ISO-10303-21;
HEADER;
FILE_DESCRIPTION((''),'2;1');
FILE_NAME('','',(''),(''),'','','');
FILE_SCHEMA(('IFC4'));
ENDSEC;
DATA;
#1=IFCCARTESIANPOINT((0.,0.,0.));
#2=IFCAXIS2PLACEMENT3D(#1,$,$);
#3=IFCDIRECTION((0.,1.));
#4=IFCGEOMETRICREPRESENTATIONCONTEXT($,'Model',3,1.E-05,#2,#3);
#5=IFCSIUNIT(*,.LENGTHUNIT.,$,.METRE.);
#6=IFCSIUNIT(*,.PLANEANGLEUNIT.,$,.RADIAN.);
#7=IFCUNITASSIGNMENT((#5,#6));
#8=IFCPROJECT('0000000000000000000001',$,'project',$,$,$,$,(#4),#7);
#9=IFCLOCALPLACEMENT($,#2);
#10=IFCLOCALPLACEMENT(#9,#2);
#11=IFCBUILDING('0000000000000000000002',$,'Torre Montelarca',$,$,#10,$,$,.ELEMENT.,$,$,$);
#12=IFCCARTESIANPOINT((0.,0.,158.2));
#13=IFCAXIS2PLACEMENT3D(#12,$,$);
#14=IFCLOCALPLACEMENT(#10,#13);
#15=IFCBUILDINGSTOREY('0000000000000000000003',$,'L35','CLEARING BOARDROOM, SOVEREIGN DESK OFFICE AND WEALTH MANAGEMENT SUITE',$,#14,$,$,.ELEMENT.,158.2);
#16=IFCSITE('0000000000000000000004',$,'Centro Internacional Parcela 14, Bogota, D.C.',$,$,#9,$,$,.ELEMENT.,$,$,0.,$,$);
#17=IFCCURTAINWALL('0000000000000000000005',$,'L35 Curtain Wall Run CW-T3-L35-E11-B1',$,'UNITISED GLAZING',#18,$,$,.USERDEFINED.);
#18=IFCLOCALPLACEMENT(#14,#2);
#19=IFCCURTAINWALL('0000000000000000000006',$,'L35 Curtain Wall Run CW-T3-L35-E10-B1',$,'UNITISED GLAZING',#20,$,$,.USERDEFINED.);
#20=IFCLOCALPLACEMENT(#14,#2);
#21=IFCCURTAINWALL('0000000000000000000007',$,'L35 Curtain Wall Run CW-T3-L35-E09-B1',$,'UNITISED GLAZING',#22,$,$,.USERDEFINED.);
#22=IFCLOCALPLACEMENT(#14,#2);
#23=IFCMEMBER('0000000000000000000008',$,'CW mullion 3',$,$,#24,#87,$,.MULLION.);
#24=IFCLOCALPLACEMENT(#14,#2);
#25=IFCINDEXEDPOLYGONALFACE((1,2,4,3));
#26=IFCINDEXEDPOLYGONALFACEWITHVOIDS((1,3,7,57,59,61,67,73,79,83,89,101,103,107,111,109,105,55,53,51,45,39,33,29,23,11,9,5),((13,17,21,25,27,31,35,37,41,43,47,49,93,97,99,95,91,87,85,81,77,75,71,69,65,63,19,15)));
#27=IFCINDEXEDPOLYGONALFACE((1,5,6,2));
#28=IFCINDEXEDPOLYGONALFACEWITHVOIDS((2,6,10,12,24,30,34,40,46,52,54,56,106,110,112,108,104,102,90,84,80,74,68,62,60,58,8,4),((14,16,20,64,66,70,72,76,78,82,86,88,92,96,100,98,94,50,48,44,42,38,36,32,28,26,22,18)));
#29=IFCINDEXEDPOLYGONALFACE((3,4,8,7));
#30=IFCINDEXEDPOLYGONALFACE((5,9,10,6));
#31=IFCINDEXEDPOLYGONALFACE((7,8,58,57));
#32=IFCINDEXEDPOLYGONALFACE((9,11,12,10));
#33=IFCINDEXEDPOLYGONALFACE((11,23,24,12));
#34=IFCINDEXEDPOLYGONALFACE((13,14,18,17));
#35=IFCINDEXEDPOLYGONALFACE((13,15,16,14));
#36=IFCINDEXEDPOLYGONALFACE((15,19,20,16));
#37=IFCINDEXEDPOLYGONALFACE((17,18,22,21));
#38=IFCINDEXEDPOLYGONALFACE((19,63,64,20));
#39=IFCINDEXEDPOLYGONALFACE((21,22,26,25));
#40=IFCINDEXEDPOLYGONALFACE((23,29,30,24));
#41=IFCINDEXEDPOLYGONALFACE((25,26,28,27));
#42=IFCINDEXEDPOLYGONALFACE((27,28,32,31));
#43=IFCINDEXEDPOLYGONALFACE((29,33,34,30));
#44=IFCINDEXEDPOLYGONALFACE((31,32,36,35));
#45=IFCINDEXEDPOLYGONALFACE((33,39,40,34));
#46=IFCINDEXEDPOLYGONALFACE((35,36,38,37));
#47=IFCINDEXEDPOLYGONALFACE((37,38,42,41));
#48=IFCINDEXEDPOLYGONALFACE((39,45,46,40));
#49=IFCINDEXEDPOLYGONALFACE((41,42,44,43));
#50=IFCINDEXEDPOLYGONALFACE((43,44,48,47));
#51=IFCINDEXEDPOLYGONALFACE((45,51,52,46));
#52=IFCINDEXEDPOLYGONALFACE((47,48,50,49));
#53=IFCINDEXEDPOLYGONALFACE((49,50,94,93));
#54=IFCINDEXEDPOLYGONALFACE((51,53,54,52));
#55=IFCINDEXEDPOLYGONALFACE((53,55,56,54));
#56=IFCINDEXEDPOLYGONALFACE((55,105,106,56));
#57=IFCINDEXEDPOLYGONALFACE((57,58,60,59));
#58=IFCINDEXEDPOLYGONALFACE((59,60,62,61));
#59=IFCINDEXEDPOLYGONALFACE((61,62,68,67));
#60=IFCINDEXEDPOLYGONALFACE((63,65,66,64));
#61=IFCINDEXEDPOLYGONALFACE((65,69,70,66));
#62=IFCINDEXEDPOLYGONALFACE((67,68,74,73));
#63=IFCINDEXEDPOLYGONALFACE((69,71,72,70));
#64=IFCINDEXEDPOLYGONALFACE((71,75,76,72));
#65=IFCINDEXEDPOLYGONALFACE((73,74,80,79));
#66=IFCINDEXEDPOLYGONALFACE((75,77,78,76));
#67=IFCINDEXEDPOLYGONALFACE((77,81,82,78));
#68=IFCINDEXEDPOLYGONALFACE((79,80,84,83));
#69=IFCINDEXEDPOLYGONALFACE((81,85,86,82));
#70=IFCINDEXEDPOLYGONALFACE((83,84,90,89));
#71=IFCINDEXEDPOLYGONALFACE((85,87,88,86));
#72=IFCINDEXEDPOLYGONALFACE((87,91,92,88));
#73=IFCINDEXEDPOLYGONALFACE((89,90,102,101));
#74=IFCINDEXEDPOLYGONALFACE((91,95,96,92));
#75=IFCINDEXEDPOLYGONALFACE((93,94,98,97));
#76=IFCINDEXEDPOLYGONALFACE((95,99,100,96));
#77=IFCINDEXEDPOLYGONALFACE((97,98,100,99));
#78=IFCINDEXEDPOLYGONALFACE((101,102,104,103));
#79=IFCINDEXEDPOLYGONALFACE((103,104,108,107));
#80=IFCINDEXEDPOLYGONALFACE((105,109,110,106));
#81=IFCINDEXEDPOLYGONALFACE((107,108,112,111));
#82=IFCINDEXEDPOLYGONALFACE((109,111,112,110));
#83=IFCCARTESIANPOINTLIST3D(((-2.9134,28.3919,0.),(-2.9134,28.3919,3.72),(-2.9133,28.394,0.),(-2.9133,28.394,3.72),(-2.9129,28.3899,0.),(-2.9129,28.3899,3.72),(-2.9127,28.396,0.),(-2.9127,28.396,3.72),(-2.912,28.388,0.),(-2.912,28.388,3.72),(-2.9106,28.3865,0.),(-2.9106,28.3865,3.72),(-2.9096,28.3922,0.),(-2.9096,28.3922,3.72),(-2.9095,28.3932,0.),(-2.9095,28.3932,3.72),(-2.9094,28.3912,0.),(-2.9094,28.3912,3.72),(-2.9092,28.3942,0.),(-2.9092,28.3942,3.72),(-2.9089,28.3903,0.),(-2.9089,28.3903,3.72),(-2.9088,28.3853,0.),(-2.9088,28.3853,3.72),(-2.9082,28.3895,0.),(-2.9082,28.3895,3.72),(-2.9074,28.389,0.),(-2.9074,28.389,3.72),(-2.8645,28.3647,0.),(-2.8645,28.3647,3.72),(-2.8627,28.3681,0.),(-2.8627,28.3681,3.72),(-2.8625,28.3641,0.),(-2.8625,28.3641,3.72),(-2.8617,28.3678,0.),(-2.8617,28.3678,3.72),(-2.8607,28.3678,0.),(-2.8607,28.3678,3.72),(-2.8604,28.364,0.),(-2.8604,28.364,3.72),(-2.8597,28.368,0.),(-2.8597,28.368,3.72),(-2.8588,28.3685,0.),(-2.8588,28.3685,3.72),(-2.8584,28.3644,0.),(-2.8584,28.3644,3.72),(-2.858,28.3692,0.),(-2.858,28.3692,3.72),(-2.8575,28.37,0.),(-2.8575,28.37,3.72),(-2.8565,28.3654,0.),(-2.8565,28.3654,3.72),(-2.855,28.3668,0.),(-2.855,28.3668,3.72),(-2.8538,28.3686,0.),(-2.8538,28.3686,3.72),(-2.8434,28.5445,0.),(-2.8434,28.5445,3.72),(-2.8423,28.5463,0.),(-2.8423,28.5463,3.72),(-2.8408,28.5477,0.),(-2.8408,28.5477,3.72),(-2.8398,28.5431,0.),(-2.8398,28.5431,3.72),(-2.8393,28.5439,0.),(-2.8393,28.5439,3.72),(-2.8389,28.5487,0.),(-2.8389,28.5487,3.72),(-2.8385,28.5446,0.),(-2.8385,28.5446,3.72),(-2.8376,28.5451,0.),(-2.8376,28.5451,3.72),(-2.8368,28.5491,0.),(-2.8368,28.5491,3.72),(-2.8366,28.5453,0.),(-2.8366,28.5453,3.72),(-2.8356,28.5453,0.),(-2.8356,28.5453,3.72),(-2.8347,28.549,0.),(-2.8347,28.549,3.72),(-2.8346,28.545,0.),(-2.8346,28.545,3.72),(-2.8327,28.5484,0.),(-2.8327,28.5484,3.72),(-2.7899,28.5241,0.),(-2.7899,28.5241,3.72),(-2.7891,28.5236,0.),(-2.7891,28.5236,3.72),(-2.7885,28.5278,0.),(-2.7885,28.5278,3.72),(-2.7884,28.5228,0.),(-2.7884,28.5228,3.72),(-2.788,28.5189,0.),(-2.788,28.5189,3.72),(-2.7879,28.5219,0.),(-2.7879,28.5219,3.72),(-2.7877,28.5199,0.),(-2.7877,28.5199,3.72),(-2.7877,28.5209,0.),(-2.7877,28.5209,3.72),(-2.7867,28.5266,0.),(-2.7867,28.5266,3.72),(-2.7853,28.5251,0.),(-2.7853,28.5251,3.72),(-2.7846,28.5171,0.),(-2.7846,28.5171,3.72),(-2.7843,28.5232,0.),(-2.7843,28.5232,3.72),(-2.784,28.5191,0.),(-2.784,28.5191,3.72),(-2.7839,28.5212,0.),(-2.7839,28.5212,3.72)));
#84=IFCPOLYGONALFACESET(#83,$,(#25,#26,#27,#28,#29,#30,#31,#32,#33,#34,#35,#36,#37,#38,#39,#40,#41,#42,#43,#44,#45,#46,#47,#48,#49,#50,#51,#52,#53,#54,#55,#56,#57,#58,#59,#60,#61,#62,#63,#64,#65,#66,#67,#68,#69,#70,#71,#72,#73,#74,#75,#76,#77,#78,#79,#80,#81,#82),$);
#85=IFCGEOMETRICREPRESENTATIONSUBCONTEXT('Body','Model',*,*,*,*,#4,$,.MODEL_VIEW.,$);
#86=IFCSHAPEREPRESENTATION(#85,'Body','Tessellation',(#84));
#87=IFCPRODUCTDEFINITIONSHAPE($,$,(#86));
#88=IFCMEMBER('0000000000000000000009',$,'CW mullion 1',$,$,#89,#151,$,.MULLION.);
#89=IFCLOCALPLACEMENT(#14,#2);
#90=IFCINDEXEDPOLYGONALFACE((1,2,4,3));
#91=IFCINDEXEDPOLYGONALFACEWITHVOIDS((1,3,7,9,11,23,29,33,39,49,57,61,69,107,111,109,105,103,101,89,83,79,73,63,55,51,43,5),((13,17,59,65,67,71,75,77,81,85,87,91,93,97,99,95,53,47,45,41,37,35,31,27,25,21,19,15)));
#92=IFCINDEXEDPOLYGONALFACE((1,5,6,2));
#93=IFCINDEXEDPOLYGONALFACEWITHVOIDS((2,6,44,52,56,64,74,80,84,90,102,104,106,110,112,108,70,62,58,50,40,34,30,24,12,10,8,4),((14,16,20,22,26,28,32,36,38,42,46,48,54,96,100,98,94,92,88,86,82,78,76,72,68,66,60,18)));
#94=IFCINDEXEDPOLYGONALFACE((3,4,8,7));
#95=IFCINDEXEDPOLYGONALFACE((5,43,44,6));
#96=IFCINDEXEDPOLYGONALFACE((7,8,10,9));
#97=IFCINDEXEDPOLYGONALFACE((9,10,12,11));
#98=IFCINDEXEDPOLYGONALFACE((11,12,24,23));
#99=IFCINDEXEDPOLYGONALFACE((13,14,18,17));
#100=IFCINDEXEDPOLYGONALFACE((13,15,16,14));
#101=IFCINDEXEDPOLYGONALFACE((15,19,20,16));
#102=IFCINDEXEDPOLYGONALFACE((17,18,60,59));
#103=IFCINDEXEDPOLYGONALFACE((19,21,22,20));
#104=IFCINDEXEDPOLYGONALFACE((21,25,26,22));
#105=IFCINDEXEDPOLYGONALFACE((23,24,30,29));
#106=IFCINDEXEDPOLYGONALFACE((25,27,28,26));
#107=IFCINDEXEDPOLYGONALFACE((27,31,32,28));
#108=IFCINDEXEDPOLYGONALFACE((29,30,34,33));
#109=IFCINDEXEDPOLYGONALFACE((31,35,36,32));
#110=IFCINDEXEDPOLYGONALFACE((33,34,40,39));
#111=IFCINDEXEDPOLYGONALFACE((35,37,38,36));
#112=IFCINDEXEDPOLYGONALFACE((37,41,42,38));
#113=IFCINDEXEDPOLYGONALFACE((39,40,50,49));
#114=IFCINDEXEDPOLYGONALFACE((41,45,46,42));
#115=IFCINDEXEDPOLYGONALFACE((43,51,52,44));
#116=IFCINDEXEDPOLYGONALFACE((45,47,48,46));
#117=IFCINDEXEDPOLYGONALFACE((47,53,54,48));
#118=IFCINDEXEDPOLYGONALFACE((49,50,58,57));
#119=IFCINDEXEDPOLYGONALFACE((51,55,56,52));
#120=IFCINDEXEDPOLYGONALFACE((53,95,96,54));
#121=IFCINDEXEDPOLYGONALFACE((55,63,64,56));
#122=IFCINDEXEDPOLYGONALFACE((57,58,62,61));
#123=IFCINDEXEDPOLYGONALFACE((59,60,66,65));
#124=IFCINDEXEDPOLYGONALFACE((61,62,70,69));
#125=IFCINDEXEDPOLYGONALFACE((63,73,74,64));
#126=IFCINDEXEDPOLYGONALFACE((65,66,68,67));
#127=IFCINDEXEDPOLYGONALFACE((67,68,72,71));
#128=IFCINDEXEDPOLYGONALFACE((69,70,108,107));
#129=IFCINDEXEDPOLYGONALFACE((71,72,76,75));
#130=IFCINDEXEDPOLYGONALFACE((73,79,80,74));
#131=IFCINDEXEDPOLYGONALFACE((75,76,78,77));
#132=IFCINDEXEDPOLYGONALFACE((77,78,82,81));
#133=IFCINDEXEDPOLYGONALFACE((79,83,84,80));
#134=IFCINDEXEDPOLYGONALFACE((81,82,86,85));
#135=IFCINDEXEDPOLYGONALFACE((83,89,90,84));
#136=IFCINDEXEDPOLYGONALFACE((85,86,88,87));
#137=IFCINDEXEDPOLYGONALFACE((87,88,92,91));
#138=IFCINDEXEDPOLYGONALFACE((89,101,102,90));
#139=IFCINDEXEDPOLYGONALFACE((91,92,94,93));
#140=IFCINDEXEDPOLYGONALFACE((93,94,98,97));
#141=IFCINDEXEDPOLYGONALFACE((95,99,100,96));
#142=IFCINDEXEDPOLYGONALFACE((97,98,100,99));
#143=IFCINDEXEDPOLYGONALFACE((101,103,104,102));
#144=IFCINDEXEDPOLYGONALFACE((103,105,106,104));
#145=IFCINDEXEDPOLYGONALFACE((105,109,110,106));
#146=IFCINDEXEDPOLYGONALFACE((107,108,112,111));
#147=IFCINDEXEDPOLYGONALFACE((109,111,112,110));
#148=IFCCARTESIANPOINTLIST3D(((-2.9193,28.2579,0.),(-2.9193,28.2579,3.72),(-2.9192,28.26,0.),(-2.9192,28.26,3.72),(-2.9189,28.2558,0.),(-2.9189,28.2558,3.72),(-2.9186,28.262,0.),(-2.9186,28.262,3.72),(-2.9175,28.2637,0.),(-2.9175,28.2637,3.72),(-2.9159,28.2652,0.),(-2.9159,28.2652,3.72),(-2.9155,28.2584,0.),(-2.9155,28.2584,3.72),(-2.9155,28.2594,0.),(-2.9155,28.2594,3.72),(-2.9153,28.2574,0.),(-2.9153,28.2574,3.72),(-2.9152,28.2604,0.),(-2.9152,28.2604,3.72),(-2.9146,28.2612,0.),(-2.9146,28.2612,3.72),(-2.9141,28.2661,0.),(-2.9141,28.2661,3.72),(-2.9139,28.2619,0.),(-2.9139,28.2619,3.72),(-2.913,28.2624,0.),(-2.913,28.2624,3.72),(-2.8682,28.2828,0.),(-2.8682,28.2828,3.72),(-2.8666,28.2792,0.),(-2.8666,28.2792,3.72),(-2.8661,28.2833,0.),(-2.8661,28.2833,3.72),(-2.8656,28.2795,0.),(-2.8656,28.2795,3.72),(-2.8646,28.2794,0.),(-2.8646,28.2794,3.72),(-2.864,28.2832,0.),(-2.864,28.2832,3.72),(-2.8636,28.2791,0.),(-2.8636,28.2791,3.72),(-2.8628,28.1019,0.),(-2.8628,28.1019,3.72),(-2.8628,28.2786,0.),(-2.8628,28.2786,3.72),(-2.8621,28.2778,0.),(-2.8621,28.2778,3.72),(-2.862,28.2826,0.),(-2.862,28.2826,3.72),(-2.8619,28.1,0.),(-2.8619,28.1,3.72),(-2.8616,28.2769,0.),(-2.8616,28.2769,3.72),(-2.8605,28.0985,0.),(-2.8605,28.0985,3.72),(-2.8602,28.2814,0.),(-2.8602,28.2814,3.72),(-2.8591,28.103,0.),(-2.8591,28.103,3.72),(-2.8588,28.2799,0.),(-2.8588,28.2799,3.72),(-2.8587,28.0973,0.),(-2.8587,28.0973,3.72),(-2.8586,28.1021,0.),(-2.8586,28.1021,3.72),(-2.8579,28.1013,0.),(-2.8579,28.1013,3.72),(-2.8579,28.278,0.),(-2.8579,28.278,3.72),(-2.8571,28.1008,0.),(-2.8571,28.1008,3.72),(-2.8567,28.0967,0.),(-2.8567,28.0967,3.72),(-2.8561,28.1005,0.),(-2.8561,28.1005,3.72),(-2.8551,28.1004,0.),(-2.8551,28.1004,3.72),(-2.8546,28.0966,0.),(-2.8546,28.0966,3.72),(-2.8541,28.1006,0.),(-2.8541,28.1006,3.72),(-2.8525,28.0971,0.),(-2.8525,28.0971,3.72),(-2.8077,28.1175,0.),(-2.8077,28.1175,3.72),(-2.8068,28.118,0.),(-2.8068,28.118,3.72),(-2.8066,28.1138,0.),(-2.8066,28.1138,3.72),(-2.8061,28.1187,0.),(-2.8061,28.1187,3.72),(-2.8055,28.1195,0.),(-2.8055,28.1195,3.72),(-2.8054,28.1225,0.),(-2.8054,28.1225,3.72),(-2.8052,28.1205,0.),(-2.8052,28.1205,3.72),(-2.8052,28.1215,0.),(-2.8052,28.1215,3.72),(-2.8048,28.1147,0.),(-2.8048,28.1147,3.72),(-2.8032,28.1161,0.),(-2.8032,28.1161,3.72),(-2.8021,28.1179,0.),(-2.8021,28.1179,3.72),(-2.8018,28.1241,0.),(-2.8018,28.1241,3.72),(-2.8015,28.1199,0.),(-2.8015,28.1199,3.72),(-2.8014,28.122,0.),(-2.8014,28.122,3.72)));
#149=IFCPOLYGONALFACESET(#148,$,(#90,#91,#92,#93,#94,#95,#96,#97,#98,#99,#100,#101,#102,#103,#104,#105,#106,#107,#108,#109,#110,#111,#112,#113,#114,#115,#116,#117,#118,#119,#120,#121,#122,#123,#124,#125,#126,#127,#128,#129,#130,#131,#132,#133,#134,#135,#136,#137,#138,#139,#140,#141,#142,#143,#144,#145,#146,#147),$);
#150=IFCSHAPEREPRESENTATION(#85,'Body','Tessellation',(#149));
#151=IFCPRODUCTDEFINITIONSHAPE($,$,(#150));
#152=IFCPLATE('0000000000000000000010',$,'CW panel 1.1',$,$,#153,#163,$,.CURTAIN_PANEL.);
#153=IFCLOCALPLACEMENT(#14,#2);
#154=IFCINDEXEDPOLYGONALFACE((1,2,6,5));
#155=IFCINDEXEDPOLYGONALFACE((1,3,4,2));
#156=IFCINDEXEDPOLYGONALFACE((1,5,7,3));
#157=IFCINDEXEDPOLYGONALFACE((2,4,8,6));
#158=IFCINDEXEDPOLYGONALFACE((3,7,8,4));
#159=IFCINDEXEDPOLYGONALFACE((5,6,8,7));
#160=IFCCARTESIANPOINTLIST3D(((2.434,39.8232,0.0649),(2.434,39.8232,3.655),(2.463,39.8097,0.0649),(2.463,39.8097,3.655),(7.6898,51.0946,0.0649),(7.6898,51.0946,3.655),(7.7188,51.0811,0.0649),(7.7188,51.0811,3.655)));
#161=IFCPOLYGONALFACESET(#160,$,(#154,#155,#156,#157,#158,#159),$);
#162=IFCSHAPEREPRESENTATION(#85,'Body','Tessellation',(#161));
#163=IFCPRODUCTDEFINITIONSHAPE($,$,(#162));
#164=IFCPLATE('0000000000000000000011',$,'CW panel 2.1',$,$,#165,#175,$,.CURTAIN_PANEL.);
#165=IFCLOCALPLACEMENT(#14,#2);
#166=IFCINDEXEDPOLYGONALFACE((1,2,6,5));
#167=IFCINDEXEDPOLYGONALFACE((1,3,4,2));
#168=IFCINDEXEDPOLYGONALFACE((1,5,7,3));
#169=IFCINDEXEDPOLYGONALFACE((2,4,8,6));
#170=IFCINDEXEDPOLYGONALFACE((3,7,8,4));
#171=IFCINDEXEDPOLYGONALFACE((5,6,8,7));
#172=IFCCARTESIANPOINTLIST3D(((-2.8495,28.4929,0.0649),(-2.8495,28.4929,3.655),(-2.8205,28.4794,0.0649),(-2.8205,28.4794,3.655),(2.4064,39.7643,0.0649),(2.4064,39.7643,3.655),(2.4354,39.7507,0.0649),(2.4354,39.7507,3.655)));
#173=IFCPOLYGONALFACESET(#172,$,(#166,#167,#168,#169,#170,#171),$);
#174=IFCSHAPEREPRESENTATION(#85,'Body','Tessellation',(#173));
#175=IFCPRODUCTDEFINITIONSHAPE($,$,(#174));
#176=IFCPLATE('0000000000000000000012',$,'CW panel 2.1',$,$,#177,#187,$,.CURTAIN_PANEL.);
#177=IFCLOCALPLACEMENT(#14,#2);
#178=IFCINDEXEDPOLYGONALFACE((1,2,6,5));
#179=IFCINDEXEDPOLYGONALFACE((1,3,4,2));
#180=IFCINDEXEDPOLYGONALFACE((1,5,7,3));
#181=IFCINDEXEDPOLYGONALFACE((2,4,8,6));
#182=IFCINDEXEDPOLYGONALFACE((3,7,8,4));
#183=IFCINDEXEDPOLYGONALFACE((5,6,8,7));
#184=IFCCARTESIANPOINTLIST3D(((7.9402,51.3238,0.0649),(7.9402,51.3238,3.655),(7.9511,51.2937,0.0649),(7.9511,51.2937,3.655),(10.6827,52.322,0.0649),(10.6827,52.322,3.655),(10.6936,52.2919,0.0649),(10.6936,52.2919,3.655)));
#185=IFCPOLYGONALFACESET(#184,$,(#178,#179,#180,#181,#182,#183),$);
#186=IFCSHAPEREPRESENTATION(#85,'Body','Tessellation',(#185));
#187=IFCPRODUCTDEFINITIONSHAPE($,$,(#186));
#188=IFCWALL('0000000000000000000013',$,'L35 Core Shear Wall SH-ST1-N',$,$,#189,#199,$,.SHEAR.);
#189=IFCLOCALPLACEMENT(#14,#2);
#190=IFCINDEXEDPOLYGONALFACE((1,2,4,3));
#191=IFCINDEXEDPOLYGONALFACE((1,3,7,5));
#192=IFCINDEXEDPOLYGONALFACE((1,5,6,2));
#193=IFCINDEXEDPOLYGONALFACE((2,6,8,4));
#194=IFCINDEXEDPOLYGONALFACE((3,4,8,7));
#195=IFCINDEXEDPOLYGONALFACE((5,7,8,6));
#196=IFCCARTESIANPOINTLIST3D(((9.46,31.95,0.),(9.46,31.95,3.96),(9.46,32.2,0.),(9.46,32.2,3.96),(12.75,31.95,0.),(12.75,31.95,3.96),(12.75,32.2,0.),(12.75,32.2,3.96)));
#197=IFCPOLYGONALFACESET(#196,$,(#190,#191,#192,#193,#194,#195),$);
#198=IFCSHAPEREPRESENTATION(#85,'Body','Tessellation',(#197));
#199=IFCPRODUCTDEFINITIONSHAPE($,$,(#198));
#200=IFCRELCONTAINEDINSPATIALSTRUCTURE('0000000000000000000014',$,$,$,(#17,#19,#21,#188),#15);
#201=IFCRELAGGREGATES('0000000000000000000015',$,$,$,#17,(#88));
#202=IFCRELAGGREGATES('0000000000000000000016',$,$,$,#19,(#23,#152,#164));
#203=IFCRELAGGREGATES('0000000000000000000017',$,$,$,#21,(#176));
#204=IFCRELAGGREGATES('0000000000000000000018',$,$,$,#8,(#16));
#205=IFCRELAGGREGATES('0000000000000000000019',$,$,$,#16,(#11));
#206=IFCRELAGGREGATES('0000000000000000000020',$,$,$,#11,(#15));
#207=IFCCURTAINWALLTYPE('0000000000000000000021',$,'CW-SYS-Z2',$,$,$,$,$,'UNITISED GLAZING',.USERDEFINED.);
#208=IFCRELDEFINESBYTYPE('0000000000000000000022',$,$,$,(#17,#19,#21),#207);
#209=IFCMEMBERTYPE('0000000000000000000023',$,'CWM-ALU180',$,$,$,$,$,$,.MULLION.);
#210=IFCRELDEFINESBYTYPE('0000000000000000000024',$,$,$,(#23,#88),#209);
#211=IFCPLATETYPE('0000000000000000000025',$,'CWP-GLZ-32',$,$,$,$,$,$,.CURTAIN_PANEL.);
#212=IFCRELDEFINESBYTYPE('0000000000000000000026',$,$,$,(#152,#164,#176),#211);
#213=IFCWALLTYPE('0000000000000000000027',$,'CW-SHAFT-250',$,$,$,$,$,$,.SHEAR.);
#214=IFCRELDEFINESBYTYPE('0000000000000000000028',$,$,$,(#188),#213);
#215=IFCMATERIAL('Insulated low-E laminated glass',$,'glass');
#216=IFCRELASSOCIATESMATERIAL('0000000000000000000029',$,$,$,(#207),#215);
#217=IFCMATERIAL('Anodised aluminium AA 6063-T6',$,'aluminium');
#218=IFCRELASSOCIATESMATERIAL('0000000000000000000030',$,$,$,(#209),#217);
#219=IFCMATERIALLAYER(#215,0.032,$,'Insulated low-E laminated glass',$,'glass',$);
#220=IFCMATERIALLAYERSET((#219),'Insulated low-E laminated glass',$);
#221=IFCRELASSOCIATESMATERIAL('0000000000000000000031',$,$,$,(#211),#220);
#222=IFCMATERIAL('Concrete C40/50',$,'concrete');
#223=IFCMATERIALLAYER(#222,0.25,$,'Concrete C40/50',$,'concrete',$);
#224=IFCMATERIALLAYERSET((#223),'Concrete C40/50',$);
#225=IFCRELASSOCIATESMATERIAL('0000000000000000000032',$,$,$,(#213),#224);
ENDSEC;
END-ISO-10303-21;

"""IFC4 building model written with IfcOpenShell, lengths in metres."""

from ifc_helpers import new_model, si_unit, direction, frame, frame_2d, origin, origin_2d, place, context, subcontext, project, spatial, rectangle, hollow_rectangle, extrude, source, transform, mapped, material, layer, layer_set, material_profile, profile_set, type_object, element, aggregate, save


model = new_model("IFC4")

# Units and contexts
model_context = context("Model", 3, precision=1e-05, world=origin(), true_north=direction((0.0, 1.0)))
body_context = subcontext(model_context, "Body", "Model", "MODEL_VIEW")
ifc_project = project(units=[si_unit("LENGTHUNIT", "METRE"), si_unit("PLANEANGLEUNIT", "RADIAN")], contexts=[model_context])

# Site, building, storey
site_placement = place(None, origin())
site = spatial("IfcSite", under=ifc_project, at=site_placement, Name="Centro Internacional Parcela 14, Bogota, D.C.", CompositionType="ELEMENT", RefElevation=0.0)
building_placement = place(site_placement, origin())
building = spatial("IfcBuilding", under=site, at=building_placement, Name="Torre Montelarca", CompositionType="ELEMENT")
storey_placement = place(building_placement, frame((0.0, 0.0, 158.2)))
storey = spatial("IfcBuildingStorey", under=building, at=storey_placement, Name="L35", Description="CLEARING BOARDROOM, SOVEREIGN DESK OFFICE AND WEALTH MANAGEMENT SUITE", CompositionType="ELEMENT", Elevation=158.2)

# Curtain wall
ifc_material_1 = material(Name="Insulated low-E laminated glass", Category="glass")
curtain_wall_type = type_object("IfcCurtainWallType", Name="CW-SYS-Z2", ElementType="UNITISED GLAZING", PredefinedType="USERDEFINED", material=ifc_material_1)
curtain_wall_1_placement = place(storey_placement, origin())
curtain_wall_1 = element("IfcCurtainWall", 1, at=curtain_wall_1_placement, inside=storey, type_object=curtain_wall_type, Name="L35 Curtain Wall Run CW-T3-L35-E11-B1", ObjectType="UNITISED GLAZING", PredefinedType="USERDEFINED")
ifc_material_2 = material(Name="Anodised aluminium AA 6063-T6", Category="aluminium")

# Curtain wall
curtain_wall_2_placement = place(storey_placement, origin())
curtain_wall_2 = element("IfcCurtainWall", 2, at=curtain_wall_2_placement, inside=storey, type_object=curtain_wall_type, Name="L35 Curtain Wall Run CW-T3-L35-E10-B1", ObjectType="UNITISED GLAZING", PredefinedType="USERDEFINED")

# Curtain wall
curtain_wall_3_placement = place(storey_placement, origin())
curtain_wall_3 = element("IfcCurtainWall", 3, at=curtain_wall_3_placement, inside=storey, type_object=curtain_wall_type, Name="L35 Curtain Wall Run CW-T3-L35-E09-B1", ObjectType="UNITISED GLAZING", PredefinedType="USERDEFINED")
ifc_material_profile_1 = material_profile(ifc_material_2, hollow_rectangle(XDim=0.0649, YDim=0.1799, WallThickness=0.0039, InnerFilletRadius=0.0039, OuterFilletRadius=0.0081, at=origin_2d()), Name="ALU65X180X4", Category="aluminium")
ifc_profile_set_1 = profile_set([ifc_material_profile_1], Name="Anodised aluminium AA 6063-T6")
member_type_1 = type_object("IfcMemberType", Name="CWM-ALU180", PredefinedType="MULLION", material=ifc_profile_set_1)
shared_shape_1 = source(origin(), body_context, "Body", "SweptSolid", [
    extrude(hollow_rectangle(XDim=0.0649, YDim=0.1799, WallThickness=0.0039, InnerFilletRadius=0.0039, OuterFilletRadius=0.0081, at=origin_2d()), origin(), (0.0, 0.0, 1.0), 3.72),
])

# Members
member_1_placement = place(storey_placement, frame((-2.8486, 28.4565, 0.0), z_axis=(0.0, 0.0, 1.0), x_axis=(0.90631, -0.422614, 0.0)))
member_1 = element("IfcMember", 4, at=member_1_placement, type_object=member_type_1, Name="CW mullion 3", PredefinedType="MULLION", context=body_context, shape_type="MappedRepresentation", body=[
    mapped(shared_shape_1, transform((0.0, 0.0, 0.0), scale=1.0)),
])
member_2_placement = place(storey_placement, frame((-2.8604, 28.1899, 0.0), z_axis=(0.0, 0.0, 1.0), x_axis=(0.939694, 0.342016, 0.0)))
member_2 = element("IfcMember", 5, at=member_2_placement, type_object=member_type_1, Name="CW mullion 1", PredefinedType="MULLION", context=body_context, shape_type="MappedRepresentation", body=[
    mapped(shared_shape_1, transform((0.0, 0.0, 0.0), scale=1.0)),
])
aggregate(curtain_wall_1, [member_2])

# Plates
ifc_layer_1 = layer(ifc_material_1, 0.032, Name="Insulated low-E laminated glass", Category="glass")
ifc_layer_set_1 = layer_set([ifc_layer_1], Name="Insulated low-E laminated glass")
plate_type = type_object("IfcPlateType", Name="CWP-GLZ-32", PredefinedType="CURTAIN_PANEL", material=ifc_layer_set_1)
shared_shape_2 = source(origin(), body_context, "Body", "SweptSolid", [
    extrude(rectangle(XDim=12.4365, YDim=0.032, at=origin_2d()), origin(), (0.0, 0.0, 1.0), 3.5901),
])
plate_1_placement = place(storey_placement, frame((5.0764, 45.4521, 0.0649), z_axis=(0.0, 0.0, 1.0), x_axis=(-0.422614, -0.90631, 0.0)))
plate_1 = element("IfcPlate", 6, at=plate_1_placement, type_object=plate_type, Name="CW panel 1.1", PredefinedType="CURTAIN_PANEL", context=body_context, shape_type="MappedRepresentation", body=[
    mapped(shared_shape_2, transform((0.0, 0.0, 0.0), scale=1.0)),
])
plate_2_placement = place(storey_placement, frame((-0.207, 34.1218, 0.0649), z_axis=(0.0, 0.0, 1.0), x_axis=(-0.422614, -0.90631, 0.0)))
plate_2 = element("IfcPlate", 7, at=plate_2_placement, type_object=plate_type, Name="CW panel 2.1", PredefinedType="CURTAIN_PANEL", context=body_context, shape_type="MappedRepresentation", body=[
    mapped(shared_shape_2, transform((0.0, 0.0, 0.0), scale=1.0)),
])
aggregate(curtain_wall_2, [member_1, plate_1, plate_2])
shared_shape_3 = source(origin(), body_context, "Body", "SweptSolid", [
    extrude(rectangle(XDim=2.9185, YDim=0.032, at=origin_2d()), origin(), (0.0, 0.0, 1.0), 3.5901),
])
plate_3_placement = place(storey_placement, frame((9.3169, 51.8079, 0.0649), z_axis=(0.0, 0.0, 1.0), x_axis=(-0.939692, -0.342021, 0.0)))
plate_3 = element("IfcPlate", 8, at=plate_3_placement, type_object=plate_type, Name="CW panel 2.1", PredefinedType="CURTAIN_PANEL", context=body_context, shape_type="MappedRepresentation", body=[
    mapped(shared_shape_3, transform((0.0, 0.0, 0.0), scale=1.0)),
])
aggregate(curtain_wall_3, [plate_3])

# Wall
ifc_material_3 = material(Name="Concrete C40/50", Category="concrete")
ifc_layer_2 = layer(ifc_material_3, 0.25, Name="Concrete C40/50", Category="concrete")
ifc_layer_set_2 = layer_set([ifc_layer_2], Name="Concrete C40/50")
wall_type_1 = type_object("IfcWallType", Name="CW-SHAFT-250", PredefinedType="SHEAR", material=ifc_layer_set_2)
wall_1_placement = place(storey_placement, frame((9.46, 32.075, 0.0), z_axis=(0.0, 0.0, 1.0), x_axis=(1.0, 0.0, 0.0)))
element("IfcWall", 9, at=wall_1_placement, inside=storey, type_object=wall_type_1, Name="L35 Core Shear Wall SH-ST1-N", PredefinedType="SHEAR", context=body_context, shape_type="SweptSolid", body=[
    extrude(rectangle(XDim=3.29, YDim=0.25, at=frame_2d((1.645, 0.0))), origin(), (0.0, 0.0, 1.0), 3.96),
])

save(model, "model.ifc")
